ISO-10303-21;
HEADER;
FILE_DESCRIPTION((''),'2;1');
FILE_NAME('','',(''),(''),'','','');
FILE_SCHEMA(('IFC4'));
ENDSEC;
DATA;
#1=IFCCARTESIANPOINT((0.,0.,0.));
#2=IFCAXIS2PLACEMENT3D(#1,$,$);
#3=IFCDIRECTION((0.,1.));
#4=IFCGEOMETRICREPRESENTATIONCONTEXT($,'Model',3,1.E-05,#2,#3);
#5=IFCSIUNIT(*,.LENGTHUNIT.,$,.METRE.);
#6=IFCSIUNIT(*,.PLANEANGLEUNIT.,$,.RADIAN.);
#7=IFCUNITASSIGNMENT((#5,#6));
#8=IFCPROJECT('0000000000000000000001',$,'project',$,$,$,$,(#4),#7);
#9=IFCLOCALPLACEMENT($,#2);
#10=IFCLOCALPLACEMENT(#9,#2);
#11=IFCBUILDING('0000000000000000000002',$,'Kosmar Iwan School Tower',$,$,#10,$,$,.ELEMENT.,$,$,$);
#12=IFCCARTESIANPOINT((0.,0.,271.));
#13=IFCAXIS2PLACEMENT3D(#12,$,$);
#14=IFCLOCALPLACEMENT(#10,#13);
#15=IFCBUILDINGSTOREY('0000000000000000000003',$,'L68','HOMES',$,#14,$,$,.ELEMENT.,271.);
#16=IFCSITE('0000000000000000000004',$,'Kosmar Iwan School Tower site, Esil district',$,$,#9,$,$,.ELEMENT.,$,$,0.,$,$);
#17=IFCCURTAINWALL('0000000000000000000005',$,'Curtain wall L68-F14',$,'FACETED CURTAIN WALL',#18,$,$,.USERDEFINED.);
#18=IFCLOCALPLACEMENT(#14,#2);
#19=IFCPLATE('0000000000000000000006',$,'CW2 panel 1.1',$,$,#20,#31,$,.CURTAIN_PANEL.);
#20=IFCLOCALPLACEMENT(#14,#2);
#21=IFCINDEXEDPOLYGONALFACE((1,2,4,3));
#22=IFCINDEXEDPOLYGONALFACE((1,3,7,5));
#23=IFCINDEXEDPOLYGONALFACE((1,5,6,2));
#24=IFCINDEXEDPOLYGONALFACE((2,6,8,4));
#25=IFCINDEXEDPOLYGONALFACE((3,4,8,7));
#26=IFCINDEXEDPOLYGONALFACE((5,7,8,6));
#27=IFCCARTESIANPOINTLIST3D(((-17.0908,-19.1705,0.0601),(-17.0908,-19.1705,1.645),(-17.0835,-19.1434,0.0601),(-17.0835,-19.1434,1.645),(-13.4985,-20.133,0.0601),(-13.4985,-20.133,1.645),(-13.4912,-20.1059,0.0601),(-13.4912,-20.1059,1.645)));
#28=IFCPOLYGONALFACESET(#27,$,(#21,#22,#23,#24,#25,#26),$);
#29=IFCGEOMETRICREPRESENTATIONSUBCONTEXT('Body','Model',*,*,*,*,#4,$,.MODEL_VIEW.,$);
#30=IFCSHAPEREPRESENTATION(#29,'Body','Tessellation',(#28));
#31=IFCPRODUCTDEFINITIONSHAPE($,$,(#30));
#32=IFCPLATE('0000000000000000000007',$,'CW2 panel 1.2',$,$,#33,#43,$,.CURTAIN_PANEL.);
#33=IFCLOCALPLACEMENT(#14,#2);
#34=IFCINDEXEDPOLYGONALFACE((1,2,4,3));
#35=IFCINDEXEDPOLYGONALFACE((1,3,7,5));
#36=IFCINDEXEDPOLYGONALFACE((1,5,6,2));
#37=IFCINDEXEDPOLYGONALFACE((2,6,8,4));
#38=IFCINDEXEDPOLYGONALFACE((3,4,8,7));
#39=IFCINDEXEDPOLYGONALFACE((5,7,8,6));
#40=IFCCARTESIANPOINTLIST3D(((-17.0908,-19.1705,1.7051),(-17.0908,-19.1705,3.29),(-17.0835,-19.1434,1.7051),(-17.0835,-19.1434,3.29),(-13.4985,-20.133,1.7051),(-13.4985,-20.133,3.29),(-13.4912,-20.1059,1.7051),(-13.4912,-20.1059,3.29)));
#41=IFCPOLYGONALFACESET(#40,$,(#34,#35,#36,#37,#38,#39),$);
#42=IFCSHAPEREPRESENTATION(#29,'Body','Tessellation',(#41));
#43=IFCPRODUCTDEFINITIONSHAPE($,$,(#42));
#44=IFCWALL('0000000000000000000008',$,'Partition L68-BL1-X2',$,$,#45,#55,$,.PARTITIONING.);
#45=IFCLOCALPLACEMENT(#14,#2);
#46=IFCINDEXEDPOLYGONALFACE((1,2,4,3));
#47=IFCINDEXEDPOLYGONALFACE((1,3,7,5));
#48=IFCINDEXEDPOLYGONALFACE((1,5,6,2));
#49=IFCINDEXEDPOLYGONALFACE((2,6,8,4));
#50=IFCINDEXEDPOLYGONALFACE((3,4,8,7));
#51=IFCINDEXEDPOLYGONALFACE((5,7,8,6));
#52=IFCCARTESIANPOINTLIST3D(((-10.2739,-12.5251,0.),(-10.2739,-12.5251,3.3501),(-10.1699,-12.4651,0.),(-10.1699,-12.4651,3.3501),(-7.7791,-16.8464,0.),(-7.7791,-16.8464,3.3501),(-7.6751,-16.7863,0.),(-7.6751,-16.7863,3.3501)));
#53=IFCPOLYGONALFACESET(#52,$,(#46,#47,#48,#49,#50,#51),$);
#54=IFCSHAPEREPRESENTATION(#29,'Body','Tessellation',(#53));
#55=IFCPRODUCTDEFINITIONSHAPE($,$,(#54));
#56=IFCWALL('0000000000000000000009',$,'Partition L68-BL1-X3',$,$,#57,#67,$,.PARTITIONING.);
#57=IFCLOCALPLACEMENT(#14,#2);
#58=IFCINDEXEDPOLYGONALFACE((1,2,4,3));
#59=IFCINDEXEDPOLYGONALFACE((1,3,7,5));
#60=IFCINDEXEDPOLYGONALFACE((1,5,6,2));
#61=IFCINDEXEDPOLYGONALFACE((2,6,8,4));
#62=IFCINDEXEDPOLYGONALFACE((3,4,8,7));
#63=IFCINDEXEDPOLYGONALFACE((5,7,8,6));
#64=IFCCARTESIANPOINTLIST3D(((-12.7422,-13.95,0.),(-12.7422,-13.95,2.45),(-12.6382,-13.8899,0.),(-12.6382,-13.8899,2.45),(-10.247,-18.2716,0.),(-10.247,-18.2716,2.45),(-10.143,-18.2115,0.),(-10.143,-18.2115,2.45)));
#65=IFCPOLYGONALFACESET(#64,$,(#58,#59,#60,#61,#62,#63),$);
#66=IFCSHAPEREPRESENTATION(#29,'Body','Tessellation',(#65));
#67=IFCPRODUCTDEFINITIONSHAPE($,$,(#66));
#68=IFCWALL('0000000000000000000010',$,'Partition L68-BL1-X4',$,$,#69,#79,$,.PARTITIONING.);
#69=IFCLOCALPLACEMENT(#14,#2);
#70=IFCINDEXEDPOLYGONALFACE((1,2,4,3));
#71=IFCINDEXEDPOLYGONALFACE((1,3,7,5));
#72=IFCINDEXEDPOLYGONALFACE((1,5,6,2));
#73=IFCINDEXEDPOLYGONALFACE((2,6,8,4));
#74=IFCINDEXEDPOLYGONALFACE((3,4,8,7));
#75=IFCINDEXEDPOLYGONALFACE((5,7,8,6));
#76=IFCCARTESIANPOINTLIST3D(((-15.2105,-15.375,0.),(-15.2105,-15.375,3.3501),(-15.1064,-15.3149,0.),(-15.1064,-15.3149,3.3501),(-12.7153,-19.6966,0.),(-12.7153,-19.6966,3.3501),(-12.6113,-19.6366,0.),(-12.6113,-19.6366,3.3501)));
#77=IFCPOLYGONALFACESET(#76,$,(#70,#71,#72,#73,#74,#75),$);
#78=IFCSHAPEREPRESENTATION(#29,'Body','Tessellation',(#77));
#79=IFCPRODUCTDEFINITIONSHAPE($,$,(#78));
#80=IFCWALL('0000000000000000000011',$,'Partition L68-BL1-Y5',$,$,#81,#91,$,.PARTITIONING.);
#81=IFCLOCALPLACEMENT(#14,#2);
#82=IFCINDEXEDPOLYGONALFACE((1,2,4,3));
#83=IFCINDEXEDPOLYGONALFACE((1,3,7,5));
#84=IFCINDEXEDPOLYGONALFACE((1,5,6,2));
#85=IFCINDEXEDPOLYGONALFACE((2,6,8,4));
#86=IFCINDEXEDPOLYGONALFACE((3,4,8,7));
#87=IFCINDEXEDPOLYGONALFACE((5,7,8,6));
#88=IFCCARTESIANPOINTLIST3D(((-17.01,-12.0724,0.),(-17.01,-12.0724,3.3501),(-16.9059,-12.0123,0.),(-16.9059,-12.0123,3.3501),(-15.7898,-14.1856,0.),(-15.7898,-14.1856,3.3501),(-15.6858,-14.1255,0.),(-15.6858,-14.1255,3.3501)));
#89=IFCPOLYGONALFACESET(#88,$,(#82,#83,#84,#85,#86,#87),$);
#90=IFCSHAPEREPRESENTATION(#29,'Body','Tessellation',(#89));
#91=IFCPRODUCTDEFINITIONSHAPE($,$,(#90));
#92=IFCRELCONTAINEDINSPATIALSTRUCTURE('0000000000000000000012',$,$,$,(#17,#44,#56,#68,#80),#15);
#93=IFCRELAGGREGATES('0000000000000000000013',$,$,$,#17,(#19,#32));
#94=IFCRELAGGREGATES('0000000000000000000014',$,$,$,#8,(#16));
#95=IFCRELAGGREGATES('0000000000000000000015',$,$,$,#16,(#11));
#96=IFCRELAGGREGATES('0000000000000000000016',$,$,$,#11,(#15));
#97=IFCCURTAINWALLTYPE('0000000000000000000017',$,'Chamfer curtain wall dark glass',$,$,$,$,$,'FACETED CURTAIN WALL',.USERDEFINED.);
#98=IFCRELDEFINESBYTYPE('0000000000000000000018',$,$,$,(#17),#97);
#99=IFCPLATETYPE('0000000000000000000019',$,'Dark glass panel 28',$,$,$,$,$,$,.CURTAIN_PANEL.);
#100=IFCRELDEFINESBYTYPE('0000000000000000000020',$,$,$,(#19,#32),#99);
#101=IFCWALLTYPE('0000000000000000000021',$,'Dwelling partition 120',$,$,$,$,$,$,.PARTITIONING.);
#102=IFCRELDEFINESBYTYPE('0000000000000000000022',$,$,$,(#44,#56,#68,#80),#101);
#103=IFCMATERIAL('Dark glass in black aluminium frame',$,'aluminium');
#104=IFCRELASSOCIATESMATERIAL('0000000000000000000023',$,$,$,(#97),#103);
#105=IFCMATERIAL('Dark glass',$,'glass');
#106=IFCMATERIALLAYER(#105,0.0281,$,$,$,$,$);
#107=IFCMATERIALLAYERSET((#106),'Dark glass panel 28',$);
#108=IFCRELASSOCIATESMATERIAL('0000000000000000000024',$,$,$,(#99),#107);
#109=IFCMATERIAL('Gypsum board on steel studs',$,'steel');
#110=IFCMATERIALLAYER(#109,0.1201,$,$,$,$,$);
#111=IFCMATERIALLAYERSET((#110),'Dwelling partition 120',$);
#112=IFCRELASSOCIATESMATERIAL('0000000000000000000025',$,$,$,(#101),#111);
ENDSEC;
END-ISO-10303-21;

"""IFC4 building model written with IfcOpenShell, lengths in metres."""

from ifc_helpers import new_model, si_unit, direction, frame, frame_2d, origin, origin_2d, place, context, subcontext, project, spatial, rectangle, extrude, material, layer, layer_set, type_object, element, aggregate, save


model = new_model("IFC4")

# Units and contexts
model_context = context("Model", 3, precision=1e-05, world=origin(), true_north=direction((0.0, 1.0)))
body_context = subcontext(model_context, "Body", "Model", "MODEL_VIEW")
ifc_project = project(units=[si_unit("LENGTHUNIT", "METRE"), si_unit("PLANEANGLEUNIT", "RADIAN")], contexts=[model_context])

# Site, building, storey
site_placement = place(None, origin())
site = spatial("IfcSite", under=ifc_project, at=site_placement, Name="Kosmar Iwan School Tower site, Esil district", CompositionType="ELEMENT", RefElevation=0.0)
building_placement = place(site_placement, origin())
building = spatial("IfcBuilding", under=site, at=building_placement, Name="Kosmar Iwan School Tower", CompositionType="ELEMENT")
storey_placement = place(building_placement, frame((0.0, 0.0, 271.0)))
storey = spatial("IfcBuildingStorey", under=building, at=storey_placement, Name="L68", Description="HOMES", CompositionType="ELEMENT", Elevation=271.0)

# Curtain wall
ifc_material_1 = material(Name="Dark glass in black aluminium frame", Category="aluminium")
curtain_wall_type = type_object("IfcCurtainWallType", Name="Chamfer curtain wall dark glass", ElementType="FACETED CURTAIN WALL", PredefinedType="USERDEFINED", material=ifc_material_1)
curtain_wall_placement = place(storey_placement, origin())
curtain_wall = element("IfcCurtainWall", 1, at=curtain_wall_placement, inside=storey, type_object=curtain_wall_type, Name="Curtain wall L68-F14", ObjectType="FACETED CURTAIN WALL", PredefinedType="USERDEFINED")

# Plates
ifc_material_2 = material(Name="Dark glass", Category="glass")
ifc_layer_1 = layer(ifc_material_2, 0.0281)
ifc_layer_set_1 = layer_set([ifc_layer_1], Name="Dark glass panel 28")
plate_type = type_object("IfcPlateType", Name="Dark glass panel 28", PredefinedType="CURTAIN_PANEL", material=ifc_layer_set_1)
plate_1_placement = place(storey_placement, frame((-15.291, -19.6382, 0.0601), z_axis=(0.0, 0.0, 1.0), x_axis=(0.965926, -0.258819, 0.0)))
plate_1 = element("IfcPlate", 2, at=plate_1_placement, type_object=plate_type, Name="CW2 panel 1.1", PredefinedType="CURTAIN_PANEL", context=body_context, shape_type="SweptSolid", body=[
    extrude(rectangle(XDim=3.719, YDim=0.0281, at=origin_2d()), origin(), (0.0, 0.0, 1.0), 1.585),
])
plate_2_placement = place(storey_placement, frame((-15.291, -19.6382, 1.7051), z_axis=(0.0, 0.0, 1.0), x_axis=(0.965926, -0.258819, 0.0)))
plate_2 = element("IfcPlate", 3, at=plate_2_placement, type_object=plate_type, Name="CW2 panel 1.2", PredefinedType="CURTAIN_PANEL", context=body_context, shape_type="SweptSolid", body=[
    extrude(rectangle(XDim=3.719, YDim=0.0281, at=origin_2d()), origin(), (0.0, 0.0, 1.0), 1.585),
])
aggregate(curtain_wall, [plate_1, plate_2])

# Walls
ifc_material_3 = material(Name="Gypsum board on steel studs", Category="steel")
ifc_layer_2 = layer(ifc_material_3, 0.1201)
ifc_layer_set_2 = layer_set([ifc_layer_2], Name="Dwelling partition 120")
wall_type = type_object("IfcWallType", Name="Dwelling partition 120", PredefinedType="PARTITIONING", material=ifc_layer_set_2)
wall_1_placement = place(storey_placement, frame((-10.2219, -12.4951, 0.0), z_axis=(0.0, 0.0, 1.0), x_axis=(0.499996, -0.866028, 0.0)))
element("IfcWall", 4, at=wall_1_placement, inside=storey, type_object=wall_type, Name="Partition L68-BL1-X2", PredefinedType="PARTITIONING", context=body_context, shape_type="SweptSolid", body=[
    extrude(rectangle(XDim=4.9897, YDim=0.1201, at=frame_2d((2.4949, 0.0))), origin(), (0.0, 0.0, 1.0), 3.3501),
])
wall_2_placement = place(storey_placement, frame((-12.6902, -13.9199, 0.0), z_axis=(0.0, 0.0, 1.0), x_axis=(0.500012, -0.866019, 0.0)))
element("IfcWall", 5, at=wall_2_placement, inside=storey, type_object=wall_type, Name="Partition L68-BL1-X3", PredefinedType="PARTITIONING", context=body_context, shape_type="SweptSolid", body=[
    extrude(rectangle(XDim=4.9902, YDim=0.1201, at=frame_2d((2.4951, 0.0))), origin(), (0.0, 0.0, 1.0), 2.45),
])
wall_3_placement = place(storey_placement, frame((-15.1584, -15.345, 0.0), z_axis=(0.0, 0.0, 1.0), x_axis=(0.500012, -0.866019, 0.0)))
element("IfcWall", 6, at=wall_3_placement, inside=storey, type_object=wall_type, Name="Partition L68-BL1-X4", PredefinedType="PARTITIONING", context=body_context, shape_type="SweptSolid", body=[
    extrude(rectangle(XDim=4.9902, YDim=0.1201, at=frame_2d((2.4951, 0.0))), origin(), (0.0, 0.0, 1.0), 3.3501),
])
wall_4_placement = place(storey_placement, frame((-16.958, -12.0422, 0.0), z_axis=(0.0, 0.0, 1.0), x_axis=(0.500034, -0.866006, 0.0)))
element("IfcWall", 7, at=wall_4_placement, inside=storey, type_object=wall_type, Name="Partition L68-BL1-Y5", PredefinedType="PARTITIONING", context=body_context, shape_type="SweptSolid", body=[
    extrude(rectangle(XDim=2.4402, YDim=0.1201, at=frame_2d((1.2202, 0.0))), origin(), (0.0, 0.0, 1.0), 3.3501),
])

save(model, "model.ifc")
